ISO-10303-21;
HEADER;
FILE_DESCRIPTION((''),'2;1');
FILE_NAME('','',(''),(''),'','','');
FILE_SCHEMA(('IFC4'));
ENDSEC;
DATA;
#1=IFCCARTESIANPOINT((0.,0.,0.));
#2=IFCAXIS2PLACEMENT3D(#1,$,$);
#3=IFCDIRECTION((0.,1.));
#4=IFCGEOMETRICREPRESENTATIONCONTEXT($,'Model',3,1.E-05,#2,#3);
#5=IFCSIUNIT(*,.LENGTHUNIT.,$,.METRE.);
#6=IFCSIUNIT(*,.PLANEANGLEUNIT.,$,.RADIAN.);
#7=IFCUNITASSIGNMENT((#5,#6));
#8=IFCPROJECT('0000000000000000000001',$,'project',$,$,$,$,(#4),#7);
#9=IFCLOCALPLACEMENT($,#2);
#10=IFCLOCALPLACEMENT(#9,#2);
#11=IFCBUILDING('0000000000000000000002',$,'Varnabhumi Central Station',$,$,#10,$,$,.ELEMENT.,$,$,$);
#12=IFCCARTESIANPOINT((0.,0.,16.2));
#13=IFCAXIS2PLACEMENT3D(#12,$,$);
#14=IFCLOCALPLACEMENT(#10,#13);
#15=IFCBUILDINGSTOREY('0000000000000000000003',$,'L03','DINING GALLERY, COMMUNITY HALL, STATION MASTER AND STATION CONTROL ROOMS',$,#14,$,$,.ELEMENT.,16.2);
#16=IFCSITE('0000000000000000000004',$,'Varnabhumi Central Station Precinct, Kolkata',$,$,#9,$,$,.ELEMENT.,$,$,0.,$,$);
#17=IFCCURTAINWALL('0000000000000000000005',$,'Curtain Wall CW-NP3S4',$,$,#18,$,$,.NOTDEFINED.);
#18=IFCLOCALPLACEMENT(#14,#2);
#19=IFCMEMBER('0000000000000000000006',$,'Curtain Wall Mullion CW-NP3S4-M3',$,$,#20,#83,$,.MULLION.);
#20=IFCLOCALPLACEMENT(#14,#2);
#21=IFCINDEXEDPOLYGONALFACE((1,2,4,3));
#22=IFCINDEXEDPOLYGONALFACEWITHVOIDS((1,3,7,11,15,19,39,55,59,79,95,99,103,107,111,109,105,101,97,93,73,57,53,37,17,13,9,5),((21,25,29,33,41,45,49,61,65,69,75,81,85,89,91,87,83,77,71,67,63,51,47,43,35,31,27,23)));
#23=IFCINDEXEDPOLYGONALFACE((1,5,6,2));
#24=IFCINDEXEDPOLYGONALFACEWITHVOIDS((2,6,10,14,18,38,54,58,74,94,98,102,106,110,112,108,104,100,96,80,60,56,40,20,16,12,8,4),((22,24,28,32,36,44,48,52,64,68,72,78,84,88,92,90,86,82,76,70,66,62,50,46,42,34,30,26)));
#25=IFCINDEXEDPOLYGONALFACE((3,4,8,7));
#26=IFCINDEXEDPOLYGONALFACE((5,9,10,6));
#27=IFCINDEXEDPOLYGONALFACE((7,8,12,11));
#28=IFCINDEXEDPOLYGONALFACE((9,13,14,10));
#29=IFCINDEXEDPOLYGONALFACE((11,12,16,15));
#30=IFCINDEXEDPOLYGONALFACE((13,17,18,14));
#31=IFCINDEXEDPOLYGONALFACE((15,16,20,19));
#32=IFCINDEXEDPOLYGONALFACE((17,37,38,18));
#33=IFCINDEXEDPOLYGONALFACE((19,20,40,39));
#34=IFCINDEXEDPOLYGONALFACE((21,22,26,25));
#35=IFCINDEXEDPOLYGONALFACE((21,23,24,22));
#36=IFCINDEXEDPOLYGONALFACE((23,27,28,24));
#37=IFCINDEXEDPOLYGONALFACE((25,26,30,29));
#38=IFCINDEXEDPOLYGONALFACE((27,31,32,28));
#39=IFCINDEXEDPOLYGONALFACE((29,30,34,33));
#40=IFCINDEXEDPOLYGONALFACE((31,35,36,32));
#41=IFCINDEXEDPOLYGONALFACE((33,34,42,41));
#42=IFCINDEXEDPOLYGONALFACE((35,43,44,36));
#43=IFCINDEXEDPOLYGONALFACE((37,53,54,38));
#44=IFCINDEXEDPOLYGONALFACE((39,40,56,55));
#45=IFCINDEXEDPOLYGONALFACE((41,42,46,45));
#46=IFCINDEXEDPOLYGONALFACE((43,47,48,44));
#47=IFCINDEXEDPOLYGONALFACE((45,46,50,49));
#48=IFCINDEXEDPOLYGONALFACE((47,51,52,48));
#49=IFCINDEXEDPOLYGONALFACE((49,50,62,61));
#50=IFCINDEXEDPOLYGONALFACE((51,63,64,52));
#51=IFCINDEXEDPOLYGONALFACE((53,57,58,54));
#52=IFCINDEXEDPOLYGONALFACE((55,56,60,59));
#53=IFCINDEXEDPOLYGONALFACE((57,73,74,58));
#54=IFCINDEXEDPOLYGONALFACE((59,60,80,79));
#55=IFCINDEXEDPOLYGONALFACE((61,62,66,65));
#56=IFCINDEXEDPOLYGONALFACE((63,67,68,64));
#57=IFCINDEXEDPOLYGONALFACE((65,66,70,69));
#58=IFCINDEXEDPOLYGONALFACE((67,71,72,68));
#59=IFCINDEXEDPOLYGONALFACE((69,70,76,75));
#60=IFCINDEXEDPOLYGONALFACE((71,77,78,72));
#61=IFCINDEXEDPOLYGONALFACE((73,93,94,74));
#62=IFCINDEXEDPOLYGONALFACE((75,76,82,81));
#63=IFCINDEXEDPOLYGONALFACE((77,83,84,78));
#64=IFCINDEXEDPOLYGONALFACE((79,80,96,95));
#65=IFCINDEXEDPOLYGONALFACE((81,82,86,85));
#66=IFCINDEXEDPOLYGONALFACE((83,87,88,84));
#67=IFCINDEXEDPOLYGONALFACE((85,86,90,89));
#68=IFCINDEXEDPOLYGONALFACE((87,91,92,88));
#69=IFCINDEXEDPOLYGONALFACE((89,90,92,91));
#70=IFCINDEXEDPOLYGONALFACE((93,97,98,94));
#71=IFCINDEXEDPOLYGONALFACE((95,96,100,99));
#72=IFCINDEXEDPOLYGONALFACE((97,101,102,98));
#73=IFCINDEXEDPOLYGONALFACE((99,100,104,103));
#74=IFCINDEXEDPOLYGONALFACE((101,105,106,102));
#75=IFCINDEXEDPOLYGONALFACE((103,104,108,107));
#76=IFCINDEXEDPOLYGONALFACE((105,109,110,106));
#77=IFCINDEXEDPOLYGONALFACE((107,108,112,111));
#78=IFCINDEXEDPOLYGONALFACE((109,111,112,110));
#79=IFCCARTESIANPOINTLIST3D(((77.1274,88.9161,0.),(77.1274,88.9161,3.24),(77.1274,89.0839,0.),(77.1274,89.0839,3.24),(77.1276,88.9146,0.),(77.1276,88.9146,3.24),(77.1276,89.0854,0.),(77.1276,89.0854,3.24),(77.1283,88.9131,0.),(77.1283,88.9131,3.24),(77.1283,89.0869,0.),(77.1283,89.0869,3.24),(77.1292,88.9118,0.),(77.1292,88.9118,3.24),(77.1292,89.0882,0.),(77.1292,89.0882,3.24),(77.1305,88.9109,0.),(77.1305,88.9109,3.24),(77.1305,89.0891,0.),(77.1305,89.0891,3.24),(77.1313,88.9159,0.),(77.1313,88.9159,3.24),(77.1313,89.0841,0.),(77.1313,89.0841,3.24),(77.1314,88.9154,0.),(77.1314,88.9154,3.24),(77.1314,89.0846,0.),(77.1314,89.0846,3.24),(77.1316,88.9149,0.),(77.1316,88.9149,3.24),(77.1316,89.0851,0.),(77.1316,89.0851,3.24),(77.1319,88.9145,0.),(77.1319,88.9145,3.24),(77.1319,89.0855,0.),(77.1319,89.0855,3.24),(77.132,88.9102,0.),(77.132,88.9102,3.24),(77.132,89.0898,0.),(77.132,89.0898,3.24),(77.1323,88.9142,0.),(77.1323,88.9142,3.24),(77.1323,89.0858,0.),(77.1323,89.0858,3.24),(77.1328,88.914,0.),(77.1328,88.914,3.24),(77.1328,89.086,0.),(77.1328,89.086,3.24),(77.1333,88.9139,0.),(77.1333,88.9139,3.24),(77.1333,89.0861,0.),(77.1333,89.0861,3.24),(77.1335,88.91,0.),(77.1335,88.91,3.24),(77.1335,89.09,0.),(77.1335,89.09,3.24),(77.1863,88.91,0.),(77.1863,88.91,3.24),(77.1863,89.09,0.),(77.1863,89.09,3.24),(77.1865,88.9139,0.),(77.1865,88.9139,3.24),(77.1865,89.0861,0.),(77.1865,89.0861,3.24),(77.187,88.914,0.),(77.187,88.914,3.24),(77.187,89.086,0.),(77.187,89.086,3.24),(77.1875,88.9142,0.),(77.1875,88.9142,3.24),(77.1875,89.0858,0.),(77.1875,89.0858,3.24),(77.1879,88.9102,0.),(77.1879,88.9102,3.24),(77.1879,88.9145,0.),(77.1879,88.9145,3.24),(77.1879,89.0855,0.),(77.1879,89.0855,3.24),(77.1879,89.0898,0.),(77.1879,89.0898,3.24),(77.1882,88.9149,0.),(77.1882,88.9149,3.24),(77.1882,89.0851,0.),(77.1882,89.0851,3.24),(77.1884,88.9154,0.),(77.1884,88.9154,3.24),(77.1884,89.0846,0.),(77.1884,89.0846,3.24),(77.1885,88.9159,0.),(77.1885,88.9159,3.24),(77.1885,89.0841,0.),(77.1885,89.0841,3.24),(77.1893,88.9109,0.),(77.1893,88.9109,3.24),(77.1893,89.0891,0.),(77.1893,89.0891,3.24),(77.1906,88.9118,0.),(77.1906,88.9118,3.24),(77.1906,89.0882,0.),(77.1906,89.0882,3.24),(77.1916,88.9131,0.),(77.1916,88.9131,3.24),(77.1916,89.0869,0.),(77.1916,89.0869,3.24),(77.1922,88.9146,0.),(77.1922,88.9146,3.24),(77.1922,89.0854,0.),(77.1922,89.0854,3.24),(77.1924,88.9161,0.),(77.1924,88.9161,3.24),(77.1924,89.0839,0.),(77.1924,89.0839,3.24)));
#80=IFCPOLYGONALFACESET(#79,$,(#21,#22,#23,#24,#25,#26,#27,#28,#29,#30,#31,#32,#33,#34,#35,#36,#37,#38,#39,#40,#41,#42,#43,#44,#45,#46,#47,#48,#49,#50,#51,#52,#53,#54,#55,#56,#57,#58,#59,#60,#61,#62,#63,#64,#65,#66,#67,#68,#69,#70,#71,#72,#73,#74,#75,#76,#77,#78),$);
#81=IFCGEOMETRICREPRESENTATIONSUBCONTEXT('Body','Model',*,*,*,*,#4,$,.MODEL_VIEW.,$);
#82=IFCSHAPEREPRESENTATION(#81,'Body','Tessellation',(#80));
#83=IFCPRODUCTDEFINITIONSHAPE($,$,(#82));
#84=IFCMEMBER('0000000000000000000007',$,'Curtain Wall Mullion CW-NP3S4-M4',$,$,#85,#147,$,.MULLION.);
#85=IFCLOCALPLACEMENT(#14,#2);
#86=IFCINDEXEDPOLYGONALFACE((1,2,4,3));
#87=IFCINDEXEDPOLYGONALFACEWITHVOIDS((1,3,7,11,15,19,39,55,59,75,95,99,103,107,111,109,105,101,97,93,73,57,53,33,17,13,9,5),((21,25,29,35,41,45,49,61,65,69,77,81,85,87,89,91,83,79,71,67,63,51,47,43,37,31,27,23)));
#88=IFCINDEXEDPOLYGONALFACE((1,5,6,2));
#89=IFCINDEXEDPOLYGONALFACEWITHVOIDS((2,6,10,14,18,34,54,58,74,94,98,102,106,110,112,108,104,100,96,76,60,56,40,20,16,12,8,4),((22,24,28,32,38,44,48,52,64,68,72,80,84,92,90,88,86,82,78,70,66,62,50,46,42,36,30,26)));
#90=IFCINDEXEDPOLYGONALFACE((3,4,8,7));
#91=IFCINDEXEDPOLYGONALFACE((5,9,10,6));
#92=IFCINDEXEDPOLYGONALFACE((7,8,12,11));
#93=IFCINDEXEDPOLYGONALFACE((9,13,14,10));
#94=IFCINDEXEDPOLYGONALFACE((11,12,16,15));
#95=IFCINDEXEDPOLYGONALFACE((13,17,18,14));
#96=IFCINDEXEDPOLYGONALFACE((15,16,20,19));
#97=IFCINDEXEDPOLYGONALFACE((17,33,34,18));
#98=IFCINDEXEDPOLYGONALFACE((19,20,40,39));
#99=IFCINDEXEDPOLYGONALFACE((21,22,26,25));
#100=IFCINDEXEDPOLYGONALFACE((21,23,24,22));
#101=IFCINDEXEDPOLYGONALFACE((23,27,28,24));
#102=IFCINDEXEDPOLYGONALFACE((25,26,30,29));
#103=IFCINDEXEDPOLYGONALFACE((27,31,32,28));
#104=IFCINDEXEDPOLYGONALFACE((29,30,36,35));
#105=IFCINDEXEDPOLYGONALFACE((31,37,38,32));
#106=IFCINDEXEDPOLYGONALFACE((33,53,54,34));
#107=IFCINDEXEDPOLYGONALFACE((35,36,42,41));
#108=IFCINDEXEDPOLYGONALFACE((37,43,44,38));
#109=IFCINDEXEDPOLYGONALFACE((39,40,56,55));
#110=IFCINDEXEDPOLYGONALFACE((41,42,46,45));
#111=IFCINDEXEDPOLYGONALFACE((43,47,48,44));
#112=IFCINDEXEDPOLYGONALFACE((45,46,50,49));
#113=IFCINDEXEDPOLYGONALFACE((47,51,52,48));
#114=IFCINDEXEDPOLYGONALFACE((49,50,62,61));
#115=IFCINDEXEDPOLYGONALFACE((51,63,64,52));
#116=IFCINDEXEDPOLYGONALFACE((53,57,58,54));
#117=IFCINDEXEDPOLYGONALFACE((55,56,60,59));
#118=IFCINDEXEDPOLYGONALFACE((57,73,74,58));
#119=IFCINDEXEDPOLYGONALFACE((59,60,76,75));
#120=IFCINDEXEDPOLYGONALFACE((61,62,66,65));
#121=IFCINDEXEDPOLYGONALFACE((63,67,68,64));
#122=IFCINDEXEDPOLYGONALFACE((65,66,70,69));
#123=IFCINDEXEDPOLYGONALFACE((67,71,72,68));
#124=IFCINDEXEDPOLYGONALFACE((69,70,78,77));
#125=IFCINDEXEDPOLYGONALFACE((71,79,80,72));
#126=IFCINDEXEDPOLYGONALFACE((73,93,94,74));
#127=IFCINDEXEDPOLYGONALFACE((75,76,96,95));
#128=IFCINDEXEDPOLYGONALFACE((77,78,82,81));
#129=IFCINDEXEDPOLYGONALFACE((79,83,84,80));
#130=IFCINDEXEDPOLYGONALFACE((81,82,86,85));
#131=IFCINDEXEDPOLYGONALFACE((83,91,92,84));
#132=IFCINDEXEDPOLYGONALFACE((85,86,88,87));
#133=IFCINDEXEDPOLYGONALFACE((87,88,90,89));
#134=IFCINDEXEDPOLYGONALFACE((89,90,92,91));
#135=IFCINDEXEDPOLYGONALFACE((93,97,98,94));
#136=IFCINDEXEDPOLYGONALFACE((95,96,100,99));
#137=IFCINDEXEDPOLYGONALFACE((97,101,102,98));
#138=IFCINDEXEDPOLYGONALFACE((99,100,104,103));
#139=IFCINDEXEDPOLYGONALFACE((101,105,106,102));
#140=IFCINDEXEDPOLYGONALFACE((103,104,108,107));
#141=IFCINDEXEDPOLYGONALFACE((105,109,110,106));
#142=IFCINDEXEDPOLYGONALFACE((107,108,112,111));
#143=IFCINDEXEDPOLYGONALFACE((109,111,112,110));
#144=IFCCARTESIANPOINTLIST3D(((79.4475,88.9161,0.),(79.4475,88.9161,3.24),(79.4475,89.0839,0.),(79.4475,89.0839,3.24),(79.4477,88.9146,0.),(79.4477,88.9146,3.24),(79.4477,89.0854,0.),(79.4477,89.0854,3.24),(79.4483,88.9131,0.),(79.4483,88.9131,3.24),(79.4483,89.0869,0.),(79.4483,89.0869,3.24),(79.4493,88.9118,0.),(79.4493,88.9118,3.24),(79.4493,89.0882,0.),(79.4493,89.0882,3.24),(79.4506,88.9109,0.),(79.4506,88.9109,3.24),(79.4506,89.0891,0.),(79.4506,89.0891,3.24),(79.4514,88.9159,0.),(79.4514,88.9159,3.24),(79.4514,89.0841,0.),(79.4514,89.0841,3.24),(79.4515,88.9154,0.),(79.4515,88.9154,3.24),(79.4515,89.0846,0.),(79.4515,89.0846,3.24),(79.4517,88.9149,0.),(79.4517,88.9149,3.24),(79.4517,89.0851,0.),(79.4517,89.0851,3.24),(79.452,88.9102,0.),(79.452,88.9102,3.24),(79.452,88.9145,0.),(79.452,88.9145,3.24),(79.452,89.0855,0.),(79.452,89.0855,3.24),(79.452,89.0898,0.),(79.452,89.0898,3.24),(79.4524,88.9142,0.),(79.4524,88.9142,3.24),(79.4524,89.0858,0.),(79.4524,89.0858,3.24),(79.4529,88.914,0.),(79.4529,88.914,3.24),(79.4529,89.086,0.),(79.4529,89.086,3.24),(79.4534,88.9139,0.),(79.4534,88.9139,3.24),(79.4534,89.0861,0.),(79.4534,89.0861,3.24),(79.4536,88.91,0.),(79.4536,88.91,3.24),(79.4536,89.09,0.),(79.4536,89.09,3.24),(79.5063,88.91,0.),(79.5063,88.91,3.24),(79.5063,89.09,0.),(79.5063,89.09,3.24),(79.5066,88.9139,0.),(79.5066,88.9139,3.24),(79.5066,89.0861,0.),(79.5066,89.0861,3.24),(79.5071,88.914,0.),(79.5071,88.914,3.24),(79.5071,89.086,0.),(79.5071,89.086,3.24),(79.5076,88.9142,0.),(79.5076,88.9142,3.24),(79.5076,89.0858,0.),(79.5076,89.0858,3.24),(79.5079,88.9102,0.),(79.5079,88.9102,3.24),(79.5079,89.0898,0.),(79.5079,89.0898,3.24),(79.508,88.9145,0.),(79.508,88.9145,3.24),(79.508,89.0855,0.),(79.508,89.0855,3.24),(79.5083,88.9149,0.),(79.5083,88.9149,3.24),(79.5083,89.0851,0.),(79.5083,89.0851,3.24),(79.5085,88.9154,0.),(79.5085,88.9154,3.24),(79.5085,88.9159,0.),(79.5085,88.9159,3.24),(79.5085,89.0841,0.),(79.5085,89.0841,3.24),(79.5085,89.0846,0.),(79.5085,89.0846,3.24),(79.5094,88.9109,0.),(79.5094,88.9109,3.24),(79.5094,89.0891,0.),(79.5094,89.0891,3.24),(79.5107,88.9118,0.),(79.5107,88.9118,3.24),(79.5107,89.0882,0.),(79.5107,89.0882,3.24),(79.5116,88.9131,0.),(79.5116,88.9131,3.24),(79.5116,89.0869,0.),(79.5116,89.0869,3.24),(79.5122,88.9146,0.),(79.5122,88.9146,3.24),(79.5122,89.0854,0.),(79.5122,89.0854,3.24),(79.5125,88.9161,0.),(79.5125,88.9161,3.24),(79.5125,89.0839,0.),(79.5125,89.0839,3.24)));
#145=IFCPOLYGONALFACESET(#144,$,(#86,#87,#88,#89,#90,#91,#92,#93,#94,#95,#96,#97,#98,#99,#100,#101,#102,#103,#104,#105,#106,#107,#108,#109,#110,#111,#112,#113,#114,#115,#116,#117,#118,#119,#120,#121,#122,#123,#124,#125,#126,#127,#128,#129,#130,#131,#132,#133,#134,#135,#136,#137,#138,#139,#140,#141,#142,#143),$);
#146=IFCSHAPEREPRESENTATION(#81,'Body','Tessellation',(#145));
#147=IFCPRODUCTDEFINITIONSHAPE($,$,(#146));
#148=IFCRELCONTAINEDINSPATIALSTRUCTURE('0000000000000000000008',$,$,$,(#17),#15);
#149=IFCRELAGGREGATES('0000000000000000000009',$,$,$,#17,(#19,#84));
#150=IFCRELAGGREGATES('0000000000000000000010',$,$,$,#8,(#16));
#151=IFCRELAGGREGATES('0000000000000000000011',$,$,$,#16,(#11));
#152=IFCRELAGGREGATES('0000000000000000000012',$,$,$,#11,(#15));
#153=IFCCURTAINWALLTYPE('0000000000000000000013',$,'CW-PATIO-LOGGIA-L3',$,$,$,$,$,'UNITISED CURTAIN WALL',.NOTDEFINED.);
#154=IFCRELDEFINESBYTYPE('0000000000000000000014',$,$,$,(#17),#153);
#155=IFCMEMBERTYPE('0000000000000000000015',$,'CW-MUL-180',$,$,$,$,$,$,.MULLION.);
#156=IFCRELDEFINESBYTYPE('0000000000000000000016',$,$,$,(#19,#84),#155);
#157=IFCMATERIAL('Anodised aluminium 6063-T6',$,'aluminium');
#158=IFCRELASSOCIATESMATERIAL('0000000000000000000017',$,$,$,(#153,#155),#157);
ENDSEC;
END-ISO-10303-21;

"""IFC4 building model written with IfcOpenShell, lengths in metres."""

from ifc_helpers import new_model, si_unit, direction, frame, origin, origin_2d, place, context, subcontext, project, spatial, hollow_rectangle, extrude, material, material_profile, profile_set, type_object, element, aggregate, save


model = new_model("IFC4")

# Units and contexts
model_context = context("Model", 3, precision=1e-05, world=origin(), true_north=direction((0.0, 1.0)))
body_context = subcontext(model_context, "Body", "Model", "MODEL_VIEW")
ifc_project = project(units=[si_unit("LENGTHUNIT", "METRE"), si_unit("PLANEANGLEUNIT", "RADIAN")], contexts=[model_context])

# Site, building, storey
site_placement = place(None, origin())
site = spatial("IfcSite", under=ifc_project, at=site_placement, Name="Varnabhumi Central Station Precinct, Kolkata", CompositionType="ELEMENT", RefElevation=0.0)
building_placement = place(site_placement, origin())
building = spatial("IfcBuilding", under=site, at=building_placement, Name="Varnabhumi Central Station", CompositionType="ELEMENT")
storey_placement = place(building_placement, frame((0.0, 0.0, 16.2)))
storey = spatial("IfcBuildingStorey", under=building, at=storey_placement, Name="L03", Description="DINING GALLERY, COMMUNITY HALL, STATION MASTER AND STATION CONTROL ROOMS", CompositionType="ELEMENT", Elevation=16.2)

# Shared definitions
ifc_material_1 = material(Name="Anodised aluminium 6063-T6", Category="aluminium")
curtain_wall_type = type_object("IfcCurtainWallType", Name="CW-PATIO-LOGGIA-L3", ElementType="UNITISED CURTAIN WALL", PredefinedType="NOTDEFINED", material=ifc_material_1)
ifc_material_profile_1 = material_profile(ifc_material_1, hollow_rectangle(XDim=0.0649, YDim=0.1799, WallThickness=0.0039, InnerFilletRadius=0.002, OuterFilletRadius=0.0061, at=origin_2d()), Name="Anodised aluminium 6063-T6", Category="aluminium")
ifc_profile_set_1 = profile_set([ifc_material_profile_1], Name="Anodised aluminium 6063-T6")
member_type_1 = type_object("IfcMemberType", Name="CW-MUL-180", PredefinedType="MULLION", material=ifc_profile_set_1)

# Curtain wall, members
curtain_wall_1_placement = place(storey_placement, origin())
curtain_wall_1 = element("IfcCurtainWall", 1, at=curtain_wall_1_placement, inside=storey, type_object=curtain_wall_type, Name="Curtain Wall CW-NP3S4", PredefinedType="NOTDEFINED")
member_1_placement = place(storey_placement, frame((77.1599, 89.0, 0.0), z_axis=(0.0, 0.0, 1.0), x_axis=(1.0, 0.0, 0.0)))
member_1 = element("IfcMember", 2, at=member_1_placement, type_object=member_type_1, Name="Curtain Wall Mullion CW-NP3S4-M3", PredefinedType="MULLION", context=body_context, shape_type="SweptSolid", body=[
    extrude(hollow_rectangle(XDim=0.0649, YDim=0.1799, WallThickness=0.0039, InnerFilletRadius=0.002, OuterFilletRadius=0.0061, at=origin_2d()), origin(), (0.0, 0.0, 1.0), 3.24),
])
member_2_placement = place(storey_placement, frame((79.48, 89.0, 0.0), z_axis=(0.0, 0.0, 1.0), x_axis=(1.0, 0.0, 0.0)))
member_2 = element("IfcMember", 3, at=member_2_placement, type_object=member_type_1, Name="Curtain Wall Mullion CW-NP3S4-M4", PredefinedType="MULLION", context=body_context, shape_type="SweptSolid", body=[
    extrude(hollow_rectangle(XDim=0.0649, YDim=0.1799, WallThickness=0.0039, InnerFilletRadius=0.002, OuterFilletRadius=0.0061, at=origin_2d()), origin(), (0.0, 0.0, 1.0), 3.24),
])

aggregate(curtain_wall_1, [member_1, member_2])

save(model, "model.ifc")
